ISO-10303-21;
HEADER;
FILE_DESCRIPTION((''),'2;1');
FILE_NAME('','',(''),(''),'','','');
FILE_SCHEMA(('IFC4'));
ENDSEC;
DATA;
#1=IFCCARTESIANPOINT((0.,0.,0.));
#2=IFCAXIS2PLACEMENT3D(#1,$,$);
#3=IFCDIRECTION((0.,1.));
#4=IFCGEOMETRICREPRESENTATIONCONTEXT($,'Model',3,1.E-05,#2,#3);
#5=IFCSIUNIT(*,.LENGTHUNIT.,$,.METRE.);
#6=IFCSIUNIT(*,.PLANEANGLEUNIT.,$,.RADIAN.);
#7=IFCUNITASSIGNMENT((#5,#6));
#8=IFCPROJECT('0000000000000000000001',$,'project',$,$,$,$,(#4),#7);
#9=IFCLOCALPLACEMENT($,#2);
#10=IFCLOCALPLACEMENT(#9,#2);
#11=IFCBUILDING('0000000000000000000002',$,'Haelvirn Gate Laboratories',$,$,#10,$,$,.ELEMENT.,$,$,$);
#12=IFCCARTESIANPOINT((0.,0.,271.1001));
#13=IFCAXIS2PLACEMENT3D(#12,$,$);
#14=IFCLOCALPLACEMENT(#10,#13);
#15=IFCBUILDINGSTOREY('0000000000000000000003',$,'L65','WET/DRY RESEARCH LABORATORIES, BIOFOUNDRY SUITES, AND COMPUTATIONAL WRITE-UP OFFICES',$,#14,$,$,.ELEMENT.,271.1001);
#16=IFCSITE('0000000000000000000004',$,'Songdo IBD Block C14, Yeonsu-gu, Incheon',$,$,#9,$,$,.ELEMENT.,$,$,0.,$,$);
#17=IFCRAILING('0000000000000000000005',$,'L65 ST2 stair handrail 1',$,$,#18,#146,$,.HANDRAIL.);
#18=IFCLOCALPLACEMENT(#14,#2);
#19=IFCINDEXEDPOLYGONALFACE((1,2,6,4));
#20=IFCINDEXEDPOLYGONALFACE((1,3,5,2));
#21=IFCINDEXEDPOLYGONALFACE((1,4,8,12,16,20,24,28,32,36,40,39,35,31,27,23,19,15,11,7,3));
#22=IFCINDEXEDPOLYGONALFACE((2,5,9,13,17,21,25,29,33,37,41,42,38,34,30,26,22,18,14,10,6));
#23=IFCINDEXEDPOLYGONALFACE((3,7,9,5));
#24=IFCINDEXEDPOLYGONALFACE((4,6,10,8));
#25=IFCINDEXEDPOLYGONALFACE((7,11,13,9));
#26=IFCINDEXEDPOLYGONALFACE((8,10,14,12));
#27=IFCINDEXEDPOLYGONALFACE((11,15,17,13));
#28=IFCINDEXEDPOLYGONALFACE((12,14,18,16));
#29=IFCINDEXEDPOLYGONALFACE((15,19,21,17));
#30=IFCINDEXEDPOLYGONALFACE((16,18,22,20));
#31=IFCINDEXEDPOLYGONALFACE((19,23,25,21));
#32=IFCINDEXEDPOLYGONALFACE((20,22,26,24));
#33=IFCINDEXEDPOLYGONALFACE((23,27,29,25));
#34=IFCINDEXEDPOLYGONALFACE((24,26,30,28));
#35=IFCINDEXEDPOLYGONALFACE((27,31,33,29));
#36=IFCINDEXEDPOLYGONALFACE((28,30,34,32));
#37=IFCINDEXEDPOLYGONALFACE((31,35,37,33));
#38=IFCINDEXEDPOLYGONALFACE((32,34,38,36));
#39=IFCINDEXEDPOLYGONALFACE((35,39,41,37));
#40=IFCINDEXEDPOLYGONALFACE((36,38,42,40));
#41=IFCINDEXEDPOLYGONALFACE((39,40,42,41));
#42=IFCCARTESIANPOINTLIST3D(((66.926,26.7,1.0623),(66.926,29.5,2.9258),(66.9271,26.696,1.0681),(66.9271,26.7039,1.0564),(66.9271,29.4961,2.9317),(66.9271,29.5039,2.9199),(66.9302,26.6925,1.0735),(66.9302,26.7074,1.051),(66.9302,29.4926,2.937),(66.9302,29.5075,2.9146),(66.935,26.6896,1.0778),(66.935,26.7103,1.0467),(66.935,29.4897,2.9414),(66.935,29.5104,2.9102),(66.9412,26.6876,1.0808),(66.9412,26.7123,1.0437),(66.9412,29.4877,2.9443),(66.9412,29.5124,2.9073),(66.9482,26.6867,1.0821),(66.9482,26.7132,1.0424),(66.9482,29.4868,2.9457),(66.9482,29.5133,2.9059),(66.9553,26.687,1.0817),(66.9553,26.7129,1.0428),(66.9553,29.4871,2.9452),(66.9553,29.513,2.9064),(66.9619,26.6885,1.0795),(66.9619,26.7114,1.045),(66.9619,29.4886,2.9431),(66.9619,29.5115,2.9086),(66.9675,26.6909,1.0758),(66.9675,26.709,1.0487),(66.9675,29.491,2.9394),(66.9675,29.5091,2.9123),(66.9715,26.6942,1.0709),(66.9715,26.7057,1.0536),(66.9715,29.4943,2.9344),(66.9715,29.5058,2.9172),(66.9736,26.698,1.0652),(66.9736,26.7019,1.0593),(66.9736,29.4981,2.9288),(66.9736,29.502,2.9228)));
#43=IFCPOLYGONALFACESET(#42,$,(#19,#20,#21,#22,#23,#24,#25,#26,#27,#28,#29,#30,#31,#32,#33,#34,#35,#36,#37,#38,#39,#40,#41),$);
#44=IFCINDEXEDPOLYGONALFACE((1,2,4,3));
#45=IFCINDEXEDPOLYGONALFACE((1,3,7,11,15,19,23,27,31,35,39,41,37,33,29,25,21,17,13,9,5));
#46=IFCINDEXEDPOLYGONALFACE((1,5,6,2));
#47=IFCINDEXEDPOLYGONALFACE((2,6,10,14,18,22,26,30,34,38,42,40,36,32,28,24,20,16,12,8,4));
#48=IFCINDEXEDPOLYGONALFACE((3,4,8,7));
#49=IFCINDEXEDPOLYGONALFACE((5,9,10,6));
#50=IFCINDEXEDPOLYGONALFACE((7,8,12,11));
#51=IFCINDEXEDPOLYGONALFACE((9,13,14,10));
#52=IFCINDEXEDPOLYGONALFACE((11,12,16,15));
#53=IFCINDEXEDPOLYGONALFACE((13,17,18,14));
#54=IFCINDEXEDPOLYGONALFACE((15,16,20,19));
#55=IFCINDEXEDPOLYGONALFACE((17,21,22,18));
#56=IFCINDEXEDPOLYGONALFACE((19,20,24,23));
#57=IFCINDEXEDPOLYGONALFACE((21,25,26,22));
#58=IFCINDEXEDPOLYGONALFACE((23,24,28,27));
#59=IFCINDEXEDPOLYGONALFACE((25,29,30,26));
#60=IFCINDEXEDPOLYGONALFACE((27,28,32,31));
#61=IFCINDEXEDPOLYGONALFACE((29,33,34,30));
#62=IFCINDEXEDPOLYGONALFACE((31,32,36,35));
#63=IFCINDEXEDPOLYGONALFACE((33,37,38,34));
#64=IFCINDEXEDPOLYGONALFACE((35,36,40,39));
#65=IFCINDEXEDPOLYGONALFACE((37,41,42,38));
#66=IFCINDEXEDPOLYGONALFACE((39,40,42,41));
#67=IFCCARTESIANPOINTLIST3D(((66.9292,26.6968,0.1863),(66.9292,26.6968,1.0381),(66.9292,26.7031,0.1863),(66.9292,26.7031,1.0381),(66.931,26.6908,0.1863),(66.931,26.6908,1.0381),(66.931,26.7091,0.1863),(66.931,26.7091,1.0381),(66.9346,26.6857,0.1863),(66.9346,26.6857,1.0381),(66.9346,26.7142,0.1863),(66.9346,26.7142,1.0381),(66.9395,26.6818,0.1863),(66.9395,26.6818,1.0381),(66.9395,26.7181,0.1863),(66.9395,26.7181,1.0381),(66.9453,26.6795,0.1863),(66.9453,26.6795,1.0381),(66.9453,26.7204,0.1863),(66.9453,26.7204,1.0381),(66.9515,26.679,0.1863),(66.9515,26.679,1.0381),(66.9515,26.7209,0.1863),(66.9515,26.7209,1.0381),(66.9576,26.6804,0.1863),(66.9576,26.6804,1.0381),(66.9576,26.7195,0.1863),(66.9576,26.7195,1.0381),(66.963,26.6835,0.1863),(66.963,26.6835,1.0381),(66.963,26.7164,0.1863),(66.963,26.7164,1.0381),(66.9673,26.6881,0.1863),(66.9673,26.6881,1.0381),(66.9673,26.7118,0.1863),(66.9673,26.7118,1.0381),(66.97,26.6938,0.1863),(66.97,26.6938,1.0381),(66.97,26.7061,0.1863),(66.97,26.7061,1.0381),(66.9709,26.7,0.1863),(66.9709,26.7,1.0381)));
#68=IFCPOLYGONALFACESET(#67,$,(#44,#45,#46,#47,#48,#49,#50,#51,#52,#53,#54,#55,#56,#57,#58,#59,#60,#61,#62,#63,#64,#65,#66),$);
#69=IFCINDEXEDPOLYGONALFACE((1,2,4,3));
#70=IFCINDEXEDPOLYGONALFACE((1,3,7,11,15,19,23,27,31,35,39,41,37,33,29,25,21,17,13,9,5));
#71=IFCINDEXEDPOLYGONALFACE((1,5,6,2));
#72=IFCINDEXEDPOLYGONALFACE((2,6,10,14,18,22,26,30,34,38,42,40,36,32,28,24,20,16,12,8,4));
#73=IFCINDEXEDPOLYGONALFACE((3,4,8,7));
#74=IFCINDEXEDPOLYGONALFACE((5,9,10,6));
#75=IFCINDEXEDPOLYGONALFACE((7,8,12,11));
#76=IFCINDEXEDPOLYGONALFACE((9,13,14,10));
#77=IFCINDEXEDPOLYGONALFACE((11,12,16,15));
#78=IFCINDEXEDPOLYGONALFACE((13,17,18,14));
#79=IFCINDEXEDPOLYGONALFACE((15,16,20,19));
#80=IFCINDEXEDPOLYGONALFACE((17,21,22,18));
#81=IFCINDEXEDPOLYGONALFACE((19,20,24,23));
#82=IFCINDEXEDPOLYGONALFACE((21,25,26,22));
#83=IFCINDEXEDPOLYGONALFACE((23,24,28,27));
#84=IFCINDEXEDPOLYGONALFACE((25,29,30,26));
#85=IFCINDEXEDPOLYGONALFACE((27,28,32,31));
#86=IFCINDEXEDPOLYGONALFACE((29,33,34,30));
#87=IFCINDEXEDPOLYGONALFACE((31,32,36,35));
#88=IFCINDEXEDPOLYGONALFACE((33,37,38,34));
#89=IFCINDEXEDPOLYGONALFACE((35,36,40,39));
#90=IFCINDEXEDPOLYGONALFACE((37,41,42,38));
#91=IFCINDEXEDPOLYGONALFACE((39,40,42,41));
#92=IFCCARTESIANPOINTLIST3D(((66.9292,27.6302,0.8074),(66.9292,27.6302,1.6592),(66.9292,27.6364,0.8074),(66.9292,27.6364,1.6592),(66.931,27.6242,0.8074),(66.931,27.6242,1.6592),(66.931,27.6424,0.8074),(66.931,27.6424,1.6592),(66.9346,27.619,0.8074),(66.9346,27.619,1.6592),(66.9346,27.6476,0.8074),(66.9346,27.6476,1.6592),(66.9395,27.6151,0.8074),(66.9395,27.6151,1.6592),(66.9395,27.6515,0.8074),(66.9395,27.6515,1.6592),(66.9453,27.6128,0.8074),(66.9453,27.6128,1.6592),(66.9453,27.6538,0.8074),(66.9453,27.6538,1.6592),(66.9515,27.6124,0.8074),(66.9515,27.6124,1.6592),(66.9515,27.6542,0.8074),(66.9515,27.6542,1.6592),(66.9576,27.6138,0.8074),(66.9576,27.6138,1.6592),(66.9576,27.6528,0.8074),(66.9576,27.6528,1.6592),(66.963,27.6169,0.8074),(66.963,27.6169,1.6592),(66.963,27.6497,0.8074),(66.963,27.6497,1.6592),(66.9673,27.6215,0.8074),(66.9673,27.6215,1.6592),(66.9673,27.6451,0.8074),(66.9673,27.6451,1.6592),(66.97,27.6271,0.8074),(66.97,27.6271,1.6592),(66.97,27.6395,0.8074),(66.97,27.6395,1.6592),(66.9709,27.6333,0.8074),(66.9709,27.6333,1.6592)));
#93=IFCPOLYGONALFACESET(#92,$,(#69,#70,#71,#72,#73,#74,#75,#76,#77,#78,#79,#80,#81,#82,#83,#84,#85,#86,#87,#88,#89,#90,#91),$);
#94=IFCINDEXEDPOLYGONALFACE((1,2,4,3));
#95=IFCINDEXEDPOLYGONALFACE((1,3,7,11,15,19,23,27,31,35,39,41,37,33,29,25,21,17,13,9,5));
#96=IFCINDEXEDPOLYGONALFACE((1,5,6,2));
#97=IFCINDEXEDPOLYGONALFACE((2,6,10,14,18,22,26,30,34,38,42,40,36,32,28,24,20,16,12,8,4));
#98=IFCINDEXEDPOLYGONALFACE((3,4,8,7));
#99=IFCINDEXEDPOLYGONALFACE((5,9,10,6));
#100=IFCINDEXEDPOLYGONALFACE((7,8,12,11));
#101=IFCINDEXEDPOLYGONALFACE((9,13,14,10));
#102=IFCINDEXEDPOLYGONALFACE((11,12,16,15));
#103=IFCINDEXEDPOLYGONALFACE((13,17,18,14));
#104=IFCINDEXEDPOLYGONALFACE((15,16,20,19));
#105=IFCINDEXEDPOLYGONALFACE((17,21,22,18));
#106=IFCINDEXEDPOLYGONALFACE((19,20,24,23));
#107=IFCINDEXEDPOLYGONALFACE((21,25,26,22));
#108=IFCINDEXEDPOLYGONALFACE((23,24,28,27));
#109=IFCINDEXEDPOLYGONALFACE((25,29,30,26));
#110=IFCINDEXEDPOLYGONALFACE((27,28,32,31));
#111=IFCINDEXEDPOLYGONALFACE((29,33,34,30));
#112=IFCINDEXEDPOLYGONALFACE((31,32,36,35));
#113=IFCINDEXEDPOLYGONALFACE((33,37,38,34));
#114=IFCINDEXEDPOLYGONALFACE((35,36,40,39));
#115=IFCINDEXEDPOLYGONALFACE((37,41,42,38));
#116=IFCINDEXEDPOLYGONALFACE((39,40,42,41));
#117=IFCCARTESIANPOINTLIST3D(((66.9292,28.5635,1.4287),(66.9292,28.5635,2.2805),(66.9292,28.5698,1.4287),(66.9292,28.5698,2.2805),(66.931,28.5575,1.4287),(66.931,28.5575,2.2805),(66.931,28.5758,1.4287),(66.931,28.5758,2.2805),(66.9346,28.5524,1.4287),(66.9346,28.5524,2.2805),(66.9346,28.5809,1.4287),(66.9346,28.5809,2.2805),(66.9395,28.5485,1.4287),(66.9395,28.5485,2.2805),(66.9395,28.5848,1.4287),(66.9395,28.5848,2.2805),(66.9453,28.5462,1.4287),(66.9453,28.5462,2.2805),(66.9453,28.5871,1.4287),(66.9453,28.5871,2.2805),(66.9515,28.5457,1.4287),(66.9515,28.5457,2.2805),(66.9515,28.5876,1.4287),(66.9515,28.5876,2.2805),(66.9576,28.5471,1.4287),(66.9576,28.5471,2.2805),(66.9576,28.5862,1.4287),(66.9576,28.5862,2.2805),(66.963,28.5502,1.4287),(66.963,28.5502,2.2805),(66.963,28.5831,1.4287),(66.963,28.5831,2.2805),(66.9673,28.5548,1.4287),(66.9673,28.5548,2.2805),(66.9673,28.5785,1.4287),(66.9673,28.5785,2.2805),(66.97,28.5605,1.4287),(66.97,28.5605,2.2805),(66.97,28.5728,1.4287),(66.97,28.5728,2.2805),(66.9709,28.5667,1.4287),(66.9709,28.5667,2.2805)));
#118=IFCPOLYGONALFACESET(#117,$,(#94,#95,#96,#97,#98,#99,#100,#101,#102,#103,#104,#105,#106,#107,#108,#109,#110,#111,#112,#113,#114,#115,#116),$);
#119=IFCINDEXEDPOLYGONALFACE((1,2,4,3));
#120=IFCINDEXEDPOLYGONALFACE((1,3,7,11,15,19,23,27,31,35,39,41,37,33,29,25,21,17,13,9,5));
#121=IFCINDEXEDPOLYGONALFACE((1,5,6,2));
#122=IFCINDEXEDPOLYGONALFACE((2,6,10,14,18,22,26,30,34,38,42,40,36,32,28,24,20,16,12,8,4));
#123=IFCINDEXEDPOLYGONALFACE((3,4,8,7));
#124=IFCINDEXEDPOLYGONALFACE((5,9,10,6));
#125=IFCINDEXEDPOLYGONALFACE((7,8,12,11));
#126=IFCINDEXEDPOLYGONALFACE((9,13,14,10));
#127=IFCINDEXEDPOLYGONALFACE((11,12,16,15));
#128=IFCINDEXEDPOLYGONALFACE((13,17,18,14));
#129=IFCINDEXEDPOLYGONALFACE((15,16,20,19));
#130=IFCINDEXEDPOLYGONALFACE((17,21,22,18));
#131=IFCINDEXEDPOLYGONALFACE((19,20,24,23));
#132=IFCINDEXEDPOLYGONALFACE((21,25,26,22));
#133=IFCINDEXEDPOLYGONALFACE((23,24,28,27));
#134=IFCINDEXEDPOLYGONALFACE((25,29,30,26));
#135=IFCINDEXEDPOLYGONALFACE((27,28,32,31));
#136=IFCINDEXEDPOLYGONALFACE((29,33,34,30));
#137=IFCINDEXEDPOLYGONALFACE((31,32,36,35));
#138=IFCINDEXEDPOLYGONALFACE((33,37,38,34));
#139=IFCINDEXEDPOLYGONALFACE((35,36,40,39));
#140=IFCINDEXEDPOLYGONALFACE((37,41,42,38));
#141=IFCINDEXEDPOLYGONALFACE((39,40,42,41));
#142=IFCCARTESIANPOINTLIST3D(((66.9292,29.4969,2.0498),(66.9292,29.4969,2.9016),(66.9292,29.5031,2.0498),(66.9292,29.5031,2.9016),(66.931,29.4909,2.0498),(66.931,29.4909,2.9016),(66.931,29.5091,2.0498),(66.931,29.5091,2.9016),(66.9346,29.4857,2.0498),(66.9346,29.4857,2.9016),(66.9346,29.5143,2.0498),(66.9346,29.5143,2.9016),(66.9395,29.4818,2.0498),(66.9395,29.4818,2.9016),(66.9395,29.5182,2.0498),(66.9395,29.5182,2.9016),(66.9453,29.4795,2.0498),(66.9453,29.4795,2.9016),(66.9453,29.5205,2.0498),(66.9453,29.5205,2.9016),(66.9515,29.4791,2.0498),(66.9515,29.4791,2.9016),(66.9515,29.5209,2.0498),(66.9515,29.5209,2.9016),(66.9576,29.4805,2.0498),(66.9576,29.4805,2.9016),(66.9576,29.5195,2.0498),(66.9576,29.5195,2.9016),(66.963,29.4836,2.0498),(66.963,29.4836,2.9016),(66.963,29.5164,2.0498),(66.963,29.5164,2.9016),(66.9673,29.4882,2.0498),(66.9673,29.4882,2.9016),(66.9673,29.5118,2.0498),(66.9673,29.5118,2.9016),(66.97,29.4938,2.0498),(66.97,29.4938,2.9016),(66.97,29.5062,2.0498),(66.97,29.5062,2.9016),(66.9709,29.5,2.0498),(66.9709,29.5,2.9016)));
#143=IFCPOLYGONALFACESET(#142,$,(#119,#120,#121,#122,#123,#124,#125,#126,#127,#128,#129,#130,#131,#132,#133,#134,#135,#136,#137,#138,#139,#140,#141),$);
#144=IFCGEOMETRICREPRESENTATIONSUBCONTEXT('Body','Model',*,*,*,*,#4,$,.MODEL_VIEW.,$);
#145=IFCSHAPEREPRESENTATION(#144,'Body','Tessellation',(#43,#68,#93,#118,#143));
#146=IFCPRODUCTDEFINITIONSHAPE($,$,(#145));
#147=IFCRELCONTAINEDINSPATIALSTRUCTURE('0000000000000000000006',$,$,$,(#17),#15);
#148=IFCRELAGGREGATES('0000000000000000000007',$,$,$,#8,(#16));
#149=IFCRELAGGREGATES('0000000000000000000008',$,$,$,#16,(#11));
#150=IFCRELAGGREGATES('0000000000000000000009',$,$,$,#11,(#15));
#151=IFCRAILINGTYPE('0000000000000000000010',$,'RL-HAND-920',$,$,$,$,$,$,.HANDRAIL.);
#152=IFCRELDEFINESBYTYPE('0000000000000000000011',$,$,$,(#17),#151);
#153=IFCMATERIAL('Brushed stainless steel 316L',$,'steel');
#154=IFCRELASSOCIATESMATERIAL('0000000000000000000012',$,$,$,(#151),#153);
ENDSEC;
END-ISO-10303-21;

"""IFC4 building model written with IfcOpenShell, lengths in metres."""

from ifc_helpers import new_model, si_unit, direction, frame, origin, origin_2d, place, context, subcontext, project, spatial, circle, extrude, source, transform, mapped, material, type_object, element, save


model = new_model("IFC4")

# Units and contexts
model_context = context("Model", 3, precision=1e-05, world=origin(), true_north=direction((0.0, 1.0)))
body_context = subcontext(model_context, "Body", "Model", "MODEL_VIEW")
ifc_project = project(units=[si_unit("LENGTHUNIT", "METRE"), si_unit("PLANEANGLEUNIT", "RADIAN")], contexts=[model_context])

# Site, building, storey
site_placement = place(None, origin())
site = spatial("IfcSite", under=ifc_project, at=site_placement, Name="Songdo IBD Block C14, Yeonsu-gu, Incheon", CompositionType="ELEMENT", RefElevation=0.0)
building_placement = place(site_placement, origin())
building = spatial("IfcBuilding", under=site, at=building_placement, Name="Haelvirn Gate Laboratories", CompositionType="ELEMENT")
storey_placement = place(building_placement, frame((0.0, 0.0, 271.1001)))
storey = spatial("IfcBuildingStorey", under=building, at=storey_placement, Name="L65", Description="WET/DRY RESEARCH LABORATORIES, BIOFOUNDRY SUITES, AND COMPUTATIONAL WRITE-UP OFFICES", CompositionType="ELEMENT", Elevation=271.1001)

# Railing
ifc_material_1 = material(Name="Brushed stainless steel 316L", Category="steel")
railing_type_1 = type_object("IfcRailingType", Name="RL-HAND-920", PredefinedType="HANDRAIL", material=ifc_material_1)
shared_shape_1 = source(origin(), body_context, "Body", "SweptSolid", [
    extrude(circle(Radius=0.0239, at=origin_2d()), frame((0.0, 0.0, 0.876), z_axis=(0.0, 0.832486, 0.554047), x_axis=(-1.0, 0.0, 0.0)), (0.0, 0.0, 1.0), 3.3635),
    extrude(circle(Radius=0.021, at=origin_2d()), origin(), (0.0, 0.0, 1.0), 0.8518),
    extrude(circle(Radius=0.021, at=origin_2d()), frame((0.0, 0.9333, 0.6211)), (0.0, 0.0, 1.0), 0.8518),
    extrude(circle(Radius=0.021, at=origin_2d()), frame((0.0, 1.8667, 1.2424)), (0.0, 0.0, 1.0), 0.8518),
    extrude(circle(Radius=0.021, at=origin_2d()), frame((0.0, 2.8, 1.8635)), (0.0, 0.0, 1.0), 0.8518),
])
railing_1_placement = place(storey_placement, frame((66.95, 26.7, 0.1863)))
element("IfcRailing", 1, at=railing_1_placement, inside=storey, type_object=railing_type_1, Name="L65 ST2 stair handrail 1", PredefinedType="HANDRAIL", context=body_context, shape_type="MappedRepresentation", body=[
    mapped(shared_shape_1, transform((0.0, 0.0, 0.0), scale=1.0)),
])

save(model, "model.ifc")
